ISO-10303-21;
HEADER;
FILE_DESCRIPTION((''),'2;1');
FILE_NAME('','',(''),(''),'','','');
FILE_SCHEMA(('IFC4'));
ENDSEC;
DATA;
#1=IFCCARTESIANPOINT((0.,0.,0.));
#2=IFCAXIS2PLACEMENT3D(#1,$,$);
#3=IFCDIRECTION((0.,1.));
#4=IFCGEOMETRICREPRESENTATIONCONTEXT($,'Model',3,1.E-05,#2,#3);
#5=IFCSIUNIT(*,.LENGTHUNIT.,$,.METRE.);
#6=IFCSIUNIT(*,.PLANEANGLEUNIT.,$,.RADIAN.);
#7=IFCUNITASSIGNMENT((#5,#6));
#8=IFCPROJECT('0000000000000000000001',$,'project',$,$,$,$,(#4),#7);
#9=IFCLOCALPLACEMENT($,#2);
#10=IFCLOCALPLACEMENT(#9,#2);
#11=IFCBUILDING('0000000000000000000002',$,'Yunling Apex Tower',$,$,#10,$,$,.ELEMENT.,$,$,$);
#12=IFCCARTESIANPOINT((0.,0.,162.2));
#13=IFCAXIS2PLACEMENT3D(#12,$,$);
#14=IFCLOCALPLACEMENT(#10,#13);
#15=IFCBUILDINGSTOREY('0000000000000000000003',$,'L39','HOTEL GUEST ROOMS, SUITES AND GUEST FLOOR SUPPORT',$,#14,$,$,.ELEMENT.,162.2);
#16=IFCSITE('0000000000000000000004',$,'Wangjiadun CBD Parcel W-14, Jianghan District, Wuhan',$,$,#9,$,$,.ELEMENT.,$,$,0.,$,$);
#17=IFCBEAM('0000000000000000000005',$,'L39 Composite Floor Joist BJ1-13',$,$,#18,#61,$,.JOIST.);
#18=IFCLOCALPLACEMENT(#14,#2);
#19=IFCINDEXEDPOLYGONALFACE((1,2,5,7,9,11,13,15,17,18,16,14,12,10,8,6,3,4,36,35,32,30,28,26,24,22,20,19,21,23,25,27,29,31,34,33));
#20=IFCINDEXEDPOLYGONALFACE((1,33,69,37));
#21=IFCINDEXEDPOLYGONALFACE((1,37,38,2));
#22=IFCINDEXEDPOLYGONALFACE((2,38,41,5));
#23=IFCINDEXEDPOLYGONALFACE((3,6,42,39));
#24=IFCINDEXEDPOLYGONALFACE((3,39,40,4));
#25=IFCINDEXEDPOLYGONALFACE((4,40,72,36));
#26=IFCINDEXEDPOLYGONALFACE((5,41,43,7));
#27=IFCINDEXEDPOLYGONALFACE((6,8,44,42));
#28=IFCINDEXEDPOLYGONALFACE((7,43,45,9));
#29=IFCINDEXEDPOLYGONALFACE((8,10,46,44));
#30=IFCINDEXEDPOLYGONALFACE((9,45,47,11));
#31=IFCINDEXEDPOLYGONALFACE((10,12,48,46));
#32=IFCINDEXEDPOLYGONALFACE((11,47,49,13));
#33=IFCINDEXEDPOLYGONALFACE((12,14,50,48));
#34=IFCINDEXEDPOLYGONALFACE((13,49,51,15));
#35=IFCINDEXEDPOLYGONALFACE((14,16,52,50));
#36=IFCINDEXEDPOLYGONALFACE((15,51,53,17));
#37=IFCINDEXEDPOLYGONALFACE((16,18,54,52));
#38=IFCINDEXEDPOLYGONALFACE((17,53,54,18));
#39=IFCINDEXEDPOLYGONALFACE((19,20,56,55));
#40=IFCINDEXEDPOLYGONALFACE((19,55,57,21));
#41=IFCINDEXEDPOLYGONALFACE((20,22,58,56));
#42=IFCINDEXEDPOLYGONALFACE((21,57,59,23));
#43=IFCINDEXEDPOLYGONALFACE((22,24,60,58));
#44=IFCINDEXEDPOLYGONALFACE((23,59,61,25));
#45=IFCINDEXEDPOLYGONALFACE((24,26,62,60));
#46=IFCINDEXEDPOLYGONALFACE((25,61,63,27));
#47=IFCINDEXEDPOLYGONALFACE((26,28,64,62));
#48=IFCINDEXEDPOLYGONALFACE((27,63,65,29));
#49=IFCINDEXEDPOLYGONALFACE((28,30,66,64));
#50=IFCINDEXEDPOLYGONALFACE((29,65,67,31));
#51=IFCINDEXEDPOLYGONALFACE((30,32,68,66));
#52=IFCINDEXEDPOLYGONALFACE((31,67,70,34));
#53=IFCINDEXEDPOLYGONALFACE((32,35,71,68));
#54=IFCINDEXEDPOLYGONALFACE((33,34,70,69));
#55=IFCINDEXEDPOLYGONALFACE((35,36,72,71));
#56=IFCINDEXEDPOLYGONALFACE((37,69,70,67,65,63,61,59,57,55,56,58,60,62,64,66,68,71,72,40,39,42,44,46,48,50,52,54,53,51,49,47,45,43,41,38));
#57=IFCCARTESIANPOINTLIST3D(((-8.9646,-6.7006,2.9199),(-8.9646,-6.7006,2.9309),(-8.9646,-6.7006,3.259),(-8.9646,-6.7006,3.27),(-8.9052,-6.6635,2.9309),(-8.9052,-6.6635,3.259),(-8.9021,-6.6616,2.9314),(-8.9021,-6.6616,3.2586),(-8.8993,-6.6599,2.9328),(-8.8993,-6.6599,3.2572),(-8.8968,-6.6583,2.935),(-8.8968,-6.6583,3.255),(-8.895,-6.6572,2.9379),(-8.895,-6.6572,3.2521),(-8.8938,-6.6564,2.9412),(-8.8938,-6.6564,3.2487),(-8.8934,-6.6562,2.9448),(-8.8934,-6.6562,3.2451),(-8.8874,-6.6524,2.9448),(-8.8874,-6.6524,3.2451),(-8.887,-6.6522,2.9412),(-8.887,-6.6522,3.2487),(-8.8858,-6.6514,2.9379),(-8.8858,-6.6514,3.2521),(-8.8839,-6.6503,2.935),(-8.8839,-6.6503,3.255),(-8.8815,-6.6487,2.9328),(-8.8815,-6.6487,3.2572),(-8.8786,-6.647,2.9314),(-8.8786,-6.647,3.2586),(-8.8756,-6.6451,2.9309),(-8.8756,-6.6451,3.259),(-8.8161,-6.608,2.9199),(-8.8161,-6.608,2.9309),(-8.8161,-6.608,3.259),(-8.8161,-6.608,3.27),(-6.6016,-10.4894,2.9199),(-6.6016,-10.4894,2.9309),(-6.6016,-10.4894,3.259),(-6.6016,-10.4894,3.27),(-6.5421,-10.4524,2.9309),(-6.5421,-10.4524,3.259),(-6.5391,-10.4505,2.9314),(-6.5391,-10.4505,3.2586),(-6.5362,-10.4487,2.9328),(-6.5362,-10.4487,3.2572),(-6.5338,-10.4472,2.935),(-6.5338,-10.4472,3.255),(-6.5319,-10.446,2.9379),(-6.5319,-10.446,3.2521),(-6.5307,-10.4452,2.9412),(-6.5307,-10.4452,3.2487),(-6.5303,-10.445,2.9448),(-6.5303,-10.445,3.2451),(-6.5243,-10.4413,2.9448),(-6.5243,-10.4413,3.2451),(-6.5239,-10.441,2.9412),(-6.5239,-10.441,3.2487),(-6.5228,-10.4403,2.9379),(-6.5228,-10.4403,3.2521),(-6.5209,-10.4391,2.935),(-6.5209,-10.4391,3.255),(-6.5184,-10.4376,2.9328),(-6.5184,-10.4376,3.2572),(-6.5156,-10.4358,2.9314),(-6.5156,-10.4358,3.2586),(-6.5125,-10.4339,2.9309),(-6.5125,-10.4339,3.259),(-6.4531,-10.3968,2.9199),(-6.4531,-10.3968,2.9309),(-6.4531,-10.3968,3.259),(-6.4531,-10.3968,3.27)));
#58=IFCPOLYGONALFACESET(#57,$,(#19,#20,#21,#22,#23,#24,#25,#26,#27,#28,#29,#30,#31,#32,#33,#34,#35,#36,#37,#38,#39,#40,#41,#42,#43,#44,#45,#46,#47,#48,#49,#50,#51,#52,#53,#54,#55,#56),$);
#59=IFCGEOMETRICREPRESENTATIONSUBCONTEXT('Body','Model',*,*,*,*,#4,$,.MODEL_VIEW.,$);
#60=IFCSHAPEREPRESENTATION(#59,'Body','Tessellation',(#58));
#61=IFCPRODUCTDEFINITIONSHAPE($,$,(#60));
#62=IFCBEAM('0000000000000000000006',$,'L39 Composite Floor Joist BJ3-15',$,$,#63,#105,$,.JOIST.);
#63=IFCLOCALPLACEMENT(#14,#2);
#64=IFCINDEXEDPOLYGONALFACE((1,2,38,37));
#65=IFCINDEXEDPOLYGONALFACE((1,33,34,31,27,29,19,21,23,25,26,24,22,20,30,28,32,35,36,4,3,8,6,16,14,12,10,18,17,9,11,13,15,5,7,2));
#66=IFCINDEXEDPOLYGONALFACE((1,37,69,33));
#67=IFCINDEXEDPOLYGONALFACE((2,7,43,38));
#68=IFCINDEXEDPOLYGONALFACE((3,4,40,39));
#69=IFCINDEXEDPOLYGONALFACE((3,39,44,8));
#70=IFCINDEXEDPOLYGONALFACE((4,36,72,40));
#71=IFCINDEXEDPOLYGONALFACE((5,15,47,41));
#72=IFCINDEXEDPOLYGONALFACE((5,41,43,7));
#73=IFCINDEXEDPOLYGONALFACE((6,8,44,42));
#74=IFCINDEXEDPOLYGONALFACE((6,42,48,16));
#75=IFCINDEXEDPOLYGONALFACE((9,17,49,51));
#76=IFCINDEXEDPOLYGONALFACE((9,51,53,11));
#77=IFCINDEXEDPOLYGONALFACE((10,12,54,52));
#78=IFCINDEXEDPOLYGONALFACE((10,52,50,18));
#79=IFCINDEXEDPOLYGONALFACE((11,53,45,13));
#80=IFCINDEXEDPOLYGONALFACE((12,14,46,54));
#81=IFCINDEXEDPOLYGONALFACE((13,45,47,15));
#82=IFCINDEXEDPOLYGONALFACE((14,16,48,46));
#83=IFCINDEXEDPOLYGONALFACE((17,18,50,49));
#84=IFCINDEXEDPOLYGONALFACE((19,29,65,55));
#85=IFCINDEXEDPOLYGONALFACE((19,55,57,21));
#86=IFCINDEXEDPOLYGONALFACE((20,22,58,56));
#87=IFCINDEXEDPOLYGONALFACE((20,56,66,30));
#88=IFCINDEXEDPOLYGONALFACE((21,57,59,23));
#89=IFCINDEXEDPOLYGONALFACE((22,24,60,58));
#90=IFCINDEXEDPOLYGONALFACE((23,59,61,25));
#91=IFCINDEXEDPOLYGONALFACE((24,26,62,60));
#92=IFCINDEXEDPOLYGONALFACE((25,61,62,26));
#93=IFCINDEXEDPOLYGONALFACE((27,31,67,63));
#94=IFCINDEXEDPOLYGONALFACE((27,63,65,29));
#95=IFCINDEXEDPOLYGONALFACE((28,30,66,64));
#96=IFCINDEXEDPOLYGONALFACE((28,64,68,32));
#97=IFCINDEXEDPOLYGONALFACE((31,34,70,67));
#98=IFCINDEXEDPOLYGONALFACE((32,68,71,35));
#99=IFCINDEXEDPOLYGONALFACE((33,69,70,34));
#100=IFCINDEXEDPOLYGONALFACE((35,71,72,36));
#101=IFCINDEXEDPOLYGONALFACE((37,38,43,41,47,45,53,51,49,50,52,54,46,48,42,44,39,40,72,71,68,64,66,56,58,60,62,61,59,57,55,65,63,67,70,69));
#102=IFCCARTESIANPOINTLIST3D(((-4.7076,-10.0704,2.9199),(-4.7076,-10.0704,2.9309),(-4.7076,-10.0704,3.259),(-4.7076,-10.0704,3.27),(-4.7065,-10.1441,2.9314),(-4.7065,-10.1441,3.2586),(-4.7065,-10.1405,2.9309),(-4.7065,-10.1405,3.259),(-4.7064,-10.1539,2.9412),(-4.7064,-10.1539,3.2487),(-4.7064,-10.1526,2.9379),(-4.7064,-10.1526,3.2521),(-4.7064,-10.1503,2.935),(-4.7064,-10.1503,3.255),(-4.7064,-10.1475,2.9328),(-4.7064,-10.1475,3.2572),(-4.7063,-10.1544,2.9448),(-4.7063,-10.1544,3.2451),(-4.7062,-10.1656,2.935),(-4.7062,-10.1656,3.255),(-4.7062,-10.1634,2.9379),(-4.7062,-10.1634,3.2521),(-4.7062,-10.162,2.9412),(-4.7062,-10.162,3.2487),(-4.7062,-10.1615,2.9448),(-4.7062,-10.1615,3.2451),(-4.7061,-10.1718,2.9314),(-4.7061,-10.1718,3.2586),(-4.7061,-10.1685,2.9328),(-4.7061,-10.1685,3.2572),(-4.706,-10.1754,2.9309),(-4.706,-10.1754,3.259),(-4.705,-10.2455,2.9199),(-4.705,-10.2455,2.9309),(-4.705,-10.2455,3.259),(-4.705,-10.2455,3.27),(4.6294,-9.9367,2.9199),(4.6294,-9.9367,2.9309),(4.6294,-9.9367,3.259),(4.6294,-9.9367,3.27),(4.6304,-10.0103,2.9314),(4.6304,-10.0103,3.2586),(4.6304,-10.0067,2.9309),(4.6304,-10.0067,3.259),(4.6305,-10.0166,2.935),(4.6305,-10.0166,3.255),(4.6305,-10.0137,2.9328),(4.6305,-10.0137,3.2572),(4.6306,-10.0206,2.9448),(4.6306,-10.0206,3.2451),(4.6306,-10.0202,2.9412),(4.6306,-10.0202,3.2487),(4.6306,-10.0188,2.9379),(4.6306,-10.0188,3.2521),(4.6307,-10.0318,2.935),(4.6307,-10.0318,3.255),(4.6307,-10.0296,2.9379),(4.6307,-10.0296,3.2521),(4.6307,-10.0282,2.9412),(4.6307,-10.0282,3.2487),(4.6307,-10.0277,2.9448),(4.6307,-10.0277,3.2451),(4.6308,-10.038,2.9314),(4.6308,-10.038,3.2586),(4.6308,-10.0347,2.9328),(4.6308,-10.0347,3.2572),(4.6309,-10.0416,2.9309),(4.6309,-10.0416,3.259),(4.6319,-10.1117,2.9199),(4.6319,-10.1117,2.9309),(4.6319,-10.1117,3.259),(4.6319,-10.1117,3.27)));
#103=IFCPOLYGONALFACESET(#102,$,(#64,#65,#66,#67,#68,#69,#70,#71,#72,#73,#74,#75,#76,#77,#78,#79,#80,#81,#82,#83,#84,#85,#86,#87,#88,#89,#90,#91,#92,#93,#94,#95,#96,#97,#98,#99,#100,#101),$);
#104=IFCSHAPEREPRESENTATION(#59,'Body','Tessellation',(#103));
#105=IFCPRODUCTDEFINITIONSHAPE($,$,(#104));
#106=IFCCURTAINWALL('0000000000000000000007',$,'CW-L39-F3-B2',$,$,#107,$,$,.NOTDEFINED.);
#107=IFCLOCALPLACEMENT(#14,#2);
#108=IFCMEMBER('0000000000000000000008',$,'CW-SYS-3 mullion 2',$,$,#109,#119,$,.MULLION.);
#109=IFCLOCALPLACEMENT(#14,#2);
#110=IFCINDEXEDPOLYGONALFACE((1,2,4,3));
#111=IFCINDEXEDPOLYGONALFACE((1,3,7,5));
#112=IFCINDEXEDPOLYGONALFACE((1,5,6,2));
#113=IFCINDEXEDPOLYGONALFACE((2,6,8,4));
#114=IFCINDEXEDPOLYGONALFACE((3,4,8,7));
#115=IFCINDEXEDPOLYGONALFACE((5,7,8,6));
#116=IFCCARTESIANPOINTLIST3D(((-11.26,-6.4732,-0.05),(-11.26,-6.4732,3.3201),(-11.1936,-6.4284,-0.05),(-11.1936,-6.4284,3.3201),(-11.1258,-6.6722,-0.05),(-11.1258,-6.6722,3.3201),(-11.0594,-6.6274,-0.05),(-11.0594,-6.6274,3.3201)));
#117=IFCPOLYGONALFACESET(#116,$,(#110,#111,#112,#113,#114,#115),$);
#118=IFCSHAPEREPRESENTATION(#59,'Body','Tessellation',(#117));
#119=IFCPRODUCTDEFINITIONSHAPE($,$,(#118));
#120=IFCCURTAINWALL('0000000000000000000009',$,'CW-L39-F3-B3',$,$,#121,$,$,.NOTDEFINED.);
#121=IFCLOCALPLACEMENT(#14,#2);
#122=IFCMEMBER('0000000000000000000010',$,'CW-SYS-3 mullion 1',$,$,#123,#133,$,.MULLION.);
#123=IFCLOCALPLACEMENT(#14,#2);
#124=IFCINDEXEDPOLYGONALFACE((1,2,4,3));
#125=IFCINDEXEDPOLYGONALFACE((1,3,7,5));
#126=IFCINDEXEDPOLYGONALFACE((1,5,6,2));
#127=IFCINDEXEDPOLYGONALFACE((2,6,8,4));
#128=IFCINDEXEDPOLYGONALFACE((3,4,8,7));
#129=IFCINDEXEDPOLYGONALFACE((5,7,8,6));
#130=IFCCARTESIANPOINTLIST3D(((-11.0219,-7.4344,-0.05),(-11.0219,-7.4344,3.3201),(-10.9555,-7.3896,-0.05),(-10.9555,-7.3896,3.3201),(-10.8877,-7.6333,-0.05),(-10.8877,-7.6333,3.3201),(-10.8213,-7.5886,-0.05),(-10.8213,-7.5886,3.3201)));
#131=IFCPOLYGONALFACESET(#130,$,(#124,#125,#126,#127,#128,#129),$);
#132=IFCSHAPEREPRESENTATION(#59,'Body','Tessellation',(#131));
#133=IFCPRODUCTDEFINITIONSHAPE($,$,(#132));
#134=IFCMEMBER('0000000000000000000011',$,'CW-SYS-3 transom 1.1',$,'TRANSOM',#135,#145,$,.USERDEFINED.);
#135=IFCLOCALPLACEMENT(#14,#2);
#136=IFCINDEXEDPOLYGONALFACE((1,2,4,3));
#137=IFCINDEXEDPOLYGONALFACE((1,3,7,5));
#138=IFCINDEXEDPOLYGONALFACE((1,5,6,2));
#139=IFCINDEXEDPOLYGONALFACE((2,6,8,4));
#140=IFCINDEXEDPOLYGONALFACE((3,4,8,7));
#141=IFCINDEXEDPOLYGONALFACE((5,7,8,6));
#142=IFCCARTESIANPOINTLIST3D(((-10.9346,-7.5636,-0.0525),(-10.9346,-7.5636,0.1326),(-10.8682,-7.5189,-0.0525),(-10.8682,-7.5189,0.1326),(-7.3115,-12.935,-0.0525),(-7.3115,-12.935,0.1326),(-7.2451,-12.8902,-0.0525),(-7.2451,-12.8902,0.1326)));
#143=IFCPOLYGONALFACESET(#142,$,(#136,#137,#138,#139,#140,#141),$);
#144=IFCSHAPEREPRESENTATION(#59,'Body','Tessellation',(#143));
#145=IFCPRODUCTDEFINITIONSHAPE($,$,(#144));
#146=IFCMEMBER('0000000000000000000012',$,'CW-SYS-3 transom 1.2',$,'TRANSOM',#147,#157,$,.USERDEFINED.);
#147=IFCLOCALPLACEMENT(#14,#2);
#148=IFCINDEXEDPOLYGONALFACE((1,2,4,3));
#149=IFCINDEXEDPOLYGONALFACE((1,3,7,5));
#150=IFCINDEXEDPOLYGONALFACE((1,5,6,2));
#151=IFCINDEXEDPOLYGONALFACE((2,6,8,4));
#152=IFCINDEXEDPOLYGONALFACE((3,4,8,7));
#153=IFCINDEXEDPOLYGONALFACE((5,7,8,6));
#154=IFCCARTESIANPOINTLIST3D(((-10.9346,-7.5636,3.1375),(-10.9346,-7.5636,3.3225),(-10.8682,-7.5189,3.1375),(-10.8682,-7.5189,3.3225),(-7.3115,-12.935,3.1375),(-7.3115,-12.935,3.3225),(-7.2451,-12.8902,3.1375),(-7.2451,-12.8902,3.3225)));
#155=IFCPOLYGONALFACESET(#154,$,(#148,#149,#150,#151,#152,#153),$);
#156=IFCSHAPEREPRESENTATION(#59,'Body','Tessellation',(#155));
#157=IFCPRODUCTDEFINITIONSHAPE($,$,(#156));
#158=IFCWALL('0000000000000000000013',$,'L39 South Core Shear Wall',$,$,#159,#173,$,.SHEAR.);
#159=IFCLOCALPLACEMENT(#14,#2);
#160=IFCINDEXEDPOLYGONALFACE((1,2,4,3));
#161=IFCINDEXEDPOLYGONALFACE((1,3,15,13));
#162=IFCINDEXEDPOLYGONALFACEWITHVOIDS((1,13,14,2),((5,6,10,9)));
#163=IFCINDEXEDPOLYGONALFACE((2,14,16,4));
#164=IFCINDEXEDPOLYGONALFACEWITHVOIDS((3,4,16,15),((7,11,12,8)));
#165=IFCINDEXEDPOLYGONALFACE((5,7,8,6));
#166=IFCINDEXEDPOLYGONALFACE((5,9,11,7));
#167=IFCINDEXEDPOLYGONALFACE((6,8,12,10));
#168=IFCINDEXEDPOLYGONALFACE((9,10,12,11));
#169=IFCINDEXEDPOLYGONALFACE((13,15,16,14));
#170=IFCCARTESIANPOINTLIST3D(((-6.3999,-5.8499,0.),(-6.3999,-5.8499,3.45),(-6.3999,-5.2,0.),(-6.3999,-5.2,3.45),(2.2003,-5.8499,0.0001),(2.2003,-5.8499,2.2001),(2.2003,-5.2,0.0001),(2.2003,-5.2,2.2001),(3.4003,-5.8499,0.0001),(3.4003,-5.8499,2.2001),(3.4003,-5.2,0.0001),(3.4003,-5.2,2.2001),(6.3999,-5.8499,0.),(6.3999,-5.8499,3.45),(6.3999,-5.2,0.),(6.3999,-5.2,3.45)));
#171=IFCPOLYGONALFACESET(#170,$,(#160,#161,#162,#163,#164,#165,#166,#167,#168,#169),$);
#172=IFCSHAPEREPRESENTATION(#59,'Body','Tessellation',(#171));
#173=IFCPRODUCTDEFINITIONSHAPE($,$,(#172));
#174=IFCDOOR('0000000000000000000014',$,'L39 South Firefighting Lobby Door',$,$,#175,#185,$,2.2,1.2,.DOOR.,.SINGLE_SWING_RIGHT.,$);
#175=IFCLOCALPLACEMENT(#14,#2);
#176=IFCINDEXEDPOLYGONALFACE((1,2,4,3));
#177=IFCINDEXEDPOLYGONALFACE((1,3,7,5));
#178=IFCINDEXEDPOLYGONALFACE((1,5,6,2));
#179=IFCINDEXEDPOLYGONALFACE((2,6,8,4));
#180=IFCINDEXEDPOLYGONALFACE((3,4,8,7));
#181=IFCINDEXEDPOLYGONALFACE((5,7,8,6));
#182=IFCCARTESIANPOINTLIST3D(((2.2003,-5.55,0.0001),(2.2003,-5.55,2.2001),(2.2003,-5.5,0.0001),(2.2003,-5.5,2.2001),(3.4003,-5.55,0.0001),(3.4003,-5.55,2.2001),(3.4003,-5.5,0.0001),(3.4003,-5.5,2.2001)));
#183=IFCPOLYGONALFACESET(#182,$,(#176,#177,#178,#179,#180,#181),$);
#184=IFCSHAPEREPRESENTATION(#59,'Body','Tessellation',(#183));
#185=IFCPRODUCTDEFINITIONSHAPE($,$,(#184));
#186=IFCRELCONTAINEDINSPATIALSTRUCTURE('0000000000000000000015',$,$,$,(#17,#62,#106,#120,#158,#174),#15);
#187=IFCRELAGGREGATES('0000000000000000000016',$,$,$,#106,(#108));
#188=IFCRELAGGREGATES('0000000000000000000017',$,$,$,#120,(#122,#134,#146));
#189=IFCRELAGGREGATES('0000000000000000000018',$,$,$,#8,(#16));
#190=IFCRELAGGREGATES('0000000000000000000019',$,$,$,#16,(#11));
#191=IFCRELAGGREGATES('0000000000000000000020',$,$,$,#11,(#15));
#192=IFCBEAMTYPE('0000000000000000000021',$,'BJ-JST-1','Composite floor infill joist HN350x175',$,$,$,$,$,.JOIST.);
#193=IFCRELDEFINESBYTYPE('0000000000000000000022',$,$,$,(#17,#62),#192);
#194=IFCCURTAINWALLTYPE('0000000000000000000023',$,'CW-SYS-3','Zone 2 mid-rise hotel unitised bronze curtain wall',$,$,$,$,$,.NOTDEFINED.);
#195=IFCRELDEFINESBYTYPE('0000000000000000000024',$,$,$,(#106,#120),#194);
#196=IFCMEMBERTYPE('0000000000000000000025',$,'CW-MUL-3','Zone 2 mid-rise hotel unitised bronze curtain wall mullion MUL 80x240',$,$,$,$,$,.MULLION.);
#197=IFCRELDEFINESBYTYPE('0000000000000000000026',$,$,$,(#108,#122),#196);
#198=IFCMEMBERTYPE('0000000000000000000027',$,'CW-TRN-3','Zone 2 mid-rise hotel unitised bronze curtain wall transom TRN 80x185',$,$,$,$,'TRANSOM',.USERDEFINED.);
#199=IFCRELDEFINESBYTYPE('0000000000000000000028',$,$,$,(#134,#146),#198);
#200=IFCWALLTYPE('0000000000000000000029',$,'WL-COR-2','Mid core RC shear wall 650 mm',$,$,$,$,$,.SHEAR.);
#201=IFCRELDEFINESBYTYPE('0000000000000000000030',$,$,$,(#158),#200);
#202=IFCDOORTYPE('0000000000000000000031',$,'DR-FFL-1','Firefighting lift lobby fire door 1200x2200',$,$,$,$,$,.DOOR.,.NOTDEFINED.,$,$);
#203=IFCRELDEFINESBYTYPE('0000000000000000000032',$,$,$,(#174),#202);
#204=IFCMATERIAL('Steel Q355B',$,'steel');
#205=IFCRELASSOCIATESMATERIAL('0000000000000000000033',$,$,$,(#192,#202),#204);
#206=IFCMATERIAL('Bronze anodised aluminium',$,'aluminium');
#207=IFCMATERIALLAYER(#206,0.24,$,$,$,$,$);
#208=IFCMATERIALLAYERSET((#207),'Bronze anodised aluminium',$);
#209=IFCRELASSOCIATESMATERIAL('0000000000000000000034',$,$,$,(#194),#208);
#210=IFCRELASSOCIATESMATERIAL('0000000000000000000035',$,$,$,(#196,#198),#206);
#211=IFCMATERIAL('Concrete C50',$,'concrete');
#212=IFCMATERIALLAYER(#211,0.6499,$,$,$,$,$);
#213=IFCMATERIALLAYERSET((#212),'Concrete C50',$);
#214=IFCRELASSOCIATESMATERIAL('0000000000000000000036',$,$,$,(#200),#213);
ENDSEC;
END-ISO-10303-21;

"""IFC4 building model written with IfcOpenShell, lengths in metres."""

from ifc_helpers import new_model, si_unit, direction, frame, frame_2d, origin, origin_2d, place, context, subcontext, project, spatial, rectangle, i_section, extrude, source, transform, mapped, material, layer, layer_set, material_profile, profile_set, type_object, element, fill, aggregate, save


model = new_model("IFC4")

# Units and contexts
model_context = context("Model", 3, precision=1e-05, world=origin(), true_north=direction((0.0, 1.0)))
body_context = subcontext(model_context, "Body", "Model", "MODEL_VIEW")
ifc_project = project(units=[si_unit("LENGTHUNIT", "METRE"), si_unit("PLANEANGLEUNIT", "RADIAN")], contexts=[model_context])

# Site, building, storey
site_placement = place(None, origin())
site = spatial("IfcSite", under=ifc_project, at=site_placement, Name="Wangjiadun CBD Parcel W-14, Jianghan District, Wuhan", CompositionType="ELEMENT", RefElevation=0.0)
building_placement = place(site_placement, origin())
building = spatial("IfcBuilding", under=site, at=building_placement, Name="Yunling Apex Tower", CompositionType="ELEMENT")
storey_placement = place(building_placement, frame((0.0, 0.0, 162.2)))
storey = spatial("IfcBuildingStorey", under=building, at=storey_placement, Name="L39", Description="HOTEL GUEST ROOMS, SUITES AND GUEST FLOOR SUPPORT", CompositionType="ELEMENT", Elevation=162.2)

# Shared definitions
ifc_material_1 = material(Name="Concrete C50", Category="concrete")

# Beams
ifc_material_2 = material(Name="Steel Q355B", Category="steel")
ifc_material_profile_1 = material_profile(ifc_material_2, i_section(OverallWidth=0.175, OverallDepth=0.3501, WebThickness=0.0071, FlangeThickness=0.011, FilletRadius=0.0139, at=origin_2d()))
ifc_profile_set_1 = profile_set([ifc_material_profile_1], Name="Steel Q355B")
beam_type_1 = type_object("IfcBeamType", Name="BJ-JST-1", Description="Composite floor infill joist HN350x175", PredefinedType="JOIST", material=ifc_profile_set_1)
shared_shape_1 = source(origin(), body_context, "Body", "SweptSolid", [
    extrude(i_section(OverallWidth=0.175, OverallDepth=0.3501, WebThickness=0.0071, FlangeThickness=0.011, FilletRadius=0.0139, at=origin_2d()), origin(), (0.0, 0.0, 1.0), 4.4653),
])
beam_1_placement = place(storey_placement, frame((-8.8904, -6.6543, 3.095), z_axis=(0.529198, -0.848499, 0.0), x_axis=(0.848499, 0.529198, 0.0)))
element("IfcBeam", 1, at=beam_1_placement, inside=storey, type_object=beam_type_1, Name="L39 Composite Floor Joist BJ1-13", PredefinedType="JOIST", context=body_context, shape_type="MappedRepresentation", body=[
    mapped(shared_shape_1, transform((0.0, 0.0, 0.0), scale=1.0)),
])
shared_shape_2 = source(origin(), body_context, "Body", "SweptSolid", [
    extrude(i_section(OverallWidth=0.175, OverallDepth=0.3501, WebThickness=0.0071, FlangeThickness=0.011, FilletRadius=0.0139, at=origin_2d()), origin(), (0.0, 0.0, 1.0), 9.3379),
])
beam_2_placement = place(storey_placement, frame((-4.7063, -10.158, 3.095), z_axis=(0.999897, 0.014328, 0.0), x_axis=(-0.014328, 0.999897, 0.0)))
element("IfcBeam", 2, at=beam_2_placement, inside=storey, type_object=beam_type_1, Name="L39 Composite Floor Joist BJ3-15", PredefinedType="JOIST", context=body_context, shape_type="MappedRepresentation", body=[
    mapped(shared_shape_2, transform((0.0, 0.0, 0.0), scale=1.0)),
])

# Curtain wall, member
ifc_material_3 = material(Name="Bronze anodised aluminium", Category="aluminium")
ifc_layer_1 = layer(ifc_material_3, 0.24)
ifc_layer_set_1 = layer_set([ifc_layer_1], Name="Bronze anodised aluminium")
curtain_wall_type = type_object("IfcCurtainWallType", Name="CW-SYS-3", Description="Zone 2 mid-rise hotel unitised bronze curtain wall", PredefinedType="NOTDEFINED", material=ifc_layer_set_1)
curtain_wall_1_placement = place(storey_placement, origin())
curtain_wall_1 = element("IfcCurtainWall", 3, at=curtain_wall_1_placement, inside=storey, type_object=curtain_wall_type, Name="CW-L39-F3-B2", PredefinedType="NOTDEFINED")
ifc_material_profile_2 = material_profile(ifc_material_3, rectangle(XDim=0.0801, YDim=0.24, at=origin_2d()))
ifc_profile_set_2 = profile_set([ifc_material_profile_2], Name="Bronze anodised aluminium")
member_type_1 = type_object("IfcMemberType", Name="CW-MUL-3", Description="Zone 2 mid-rise hotel unitised bronze curtain wall mullion MUL 80x240", PredefinedType="MULLION", material=ifc_profile_set_2)
shared_shape_3 = source(origin(), body_context, "Body", "SweptSolid", [
    extrude(rectangle(XDim=0.0801, YDim=0.24, at=origin_2d()), origin(), (0.0, 0.0, 1.0), 3.3701),
])
member_1_placement = place(storey_placement, frame((-11.1597, -6.5503, -0.05), z_axis=(0.0, 0.0, 1.0), x_axis=(0.829026, 0.55921, 0.0)))
member_1 = element("IfcMember", 4, at=member_1_placement, type_object=member_type_1, Name="CW-SYS-3 mullion 2", PredefinedType="MULLION", context=body_context, shape_type="MappedRepresentation", body=[
    mapped(shared_shape_3, transform((0.0, 0.0, 0.0), scale=1.0)),
])
aggregate(curtain_wall_1, [member_1])

# Curtain wall, members
curtain_wall_2_placement = place(storey_placement, origin())
curtain_wall_2 = element("IfcCurtainWall", 5, at=curtain_wall_2_placement, inside=storey, type_object=curtain_wall_type, Name="CW-L39-F3-B3", PredefinedType="NOTDEFINED")
member_2_placement = place(storey_placement, frame((-10.9216, -7.5115, -0.05), z_axis=(0.0, 0.0, 1.0), x_axis=(0.829041, 0.559188, 0.0)))
member_2 = element("IfcMember", 6, at=member_2_placement, type_object=member_type_1, Name="CW-SYS-3 mullion 1", PredefinedType="MULLION", context=body_context, shape_type="MappedRepresentation", body=[
    mapped(shared_shape_3, transform((0.0, 0.0, 0.0), scale=1.0)),
])
ifc_material_profile_3 = material_profile(ifc_material_3, rectangle(XDim=0.0801, YDim=0.1851, at=origin_2d()))
ifc_profile_set_3 = profile_set([ifc_material_profile_3], Name="Bronze anodised aluminium")
member_type_2 = type_object("IfcMemberType", Name="CW-TRN-3", Description="Zone 2 mid-rise hotel unitised bronze curtain wall transom TRN 80x185", ElementType="TRANSOM", PredefinedType="USERDEFINED", material=ifc_profile_set_3)
shared_shape_4 = source(origin(), body_context, "Body", "SweptSolid", [
    extrude(rectangle(XDim=0.0801, YDim=0.1851, at=origin_2d()), origin(), (0.0, 0.0, 1.0), 6.479),
])
member_3_placement = place(storey_placement, frame((-10.9014, -7.5413, 0.04), z_axis=(0.559196, -0.829035, 0.0), x_axis=(0.829035, 0.559196, 0.0)))
member_3 = element("IfcMember", 7, at=member_3_placement, type_object=member_type_2, Name="CW-SYS-3 transom 1.1", ObjectType="TRANSOM", PredefinedType="USERDEFINED", context=body_context, shape_type="MappedRepresentation", body=[
    mapped(shared_shape_4, transform((0.0, 0.0, 0.0), scale=1.0)),
])
member_4_placement = place(storey_placement, frame((-10.9014, -7.5413, 3.23), z_axis=(0.559196, -0.829035, 0.0), x_axis=(0.829035, 0.559196, 0.0)))
member_4 = element("IfcMember", 8, at=member_4_placement, type_object=member_type_2, Name="CW-SYS-3 transom 1.2", ObjectType="TRANSOM", PredefinedType="USERDEFINED", context=body_context, shape_type="MappedRepresentation", body=[
    mapped(shared_shape_4, transform((0.0, 0.0, 0.0), scale=1.0)),
])
aggregate(curtain_wall_2, [member_2, member_3, member_4])

# Wall, opening, door
ifc_layer_2 = layer(ifc_material_1, 0.6499)
ifc_layer_set_2 = layer_set([ifc_layer_2], Name="Concrete C50")
wall_type_1 = type_object("IfcWallType", Name="WL-COR-2", Description="Mid core RC shear wall 650 mm", PredefinedType="SHEAR", material=ifc_layer_set_2)
wall_1_placement = place(storey_placement, frame((-6.3999, -5.5249, 0.0), z_axis=(0.0, 0.0, 1.0), x_axis=(1.0, 0.0, 0.0)))
wall_1 = element("IfcWall", 9, at=wall_1_placement, inside=storey, type_object=wall_type_1, Name="L39 South Core Shear Wall", PredefinedType="SHEAR", context=body_context, shape_type="SweptSolid", body=[
    extrude(rectangle(XDim=12.7998, YDim=0.6499, at=frame_2d((6.3999, 0.0))), origin(), (0.0, 0.0, 1.0), 3.45),
])
opening_1_placement = place(wall_1_placement, frame((8.6001, 0.0, 0.0)))
opening_1 = element("IfcOpeningElement", 10, at=opening_1_placement, cuts=wall_1, PredefinedType="OPENING", context=body_context, shape_type="SweptSolid", body=[
    extrude(rectangle(XDim=1.2, YDim=2.2, at=frame_2d((0.6001, 1.1001))), frame((0.0, 0.335, 0.0), z_axis=(0.0, -1.0, 0.0), x_axis=(1.0, 0.0, 0.0)), (0.0, 0.0, 1.0), 0.6699),
])
door_type_1 = type_object("IfcDoorType", Name="DR-FFL-1", Description="Firefighting lift lobby fire door 1200x2200", OperationType="NOTDEFINED", PredefinedType="DOOR", material=ifc_material_2)
door_1_placement = place(opening_1_placement, origin())
door_1 = element("IfcDoor", 11, at=door_1_placement, inside=storey, type_object=door_type_1, Name="L39 South Firefighting Lobby Door", OperationType="SINGLE_SWING_RIGHT", OverallHeight=2.2, OverallWidth=1.2, PredefinedType="DOOR", context=body_context, shape_type="SweptSolid", body=[
    extrude(rectangle(XDim=1.2, YDim=2.2, at=frame_2d((0.6001, 1.1001))), frame((0.0, 0.0249, 0.0), z_axis=(0.0, -1.0, 0.0), x_axis=(1.0, 0.0, 0.0)), (0.0, 0.0, 1.0), 0.05),
])
fill(opening_1, door_1)

save(model, "model.ifc")
